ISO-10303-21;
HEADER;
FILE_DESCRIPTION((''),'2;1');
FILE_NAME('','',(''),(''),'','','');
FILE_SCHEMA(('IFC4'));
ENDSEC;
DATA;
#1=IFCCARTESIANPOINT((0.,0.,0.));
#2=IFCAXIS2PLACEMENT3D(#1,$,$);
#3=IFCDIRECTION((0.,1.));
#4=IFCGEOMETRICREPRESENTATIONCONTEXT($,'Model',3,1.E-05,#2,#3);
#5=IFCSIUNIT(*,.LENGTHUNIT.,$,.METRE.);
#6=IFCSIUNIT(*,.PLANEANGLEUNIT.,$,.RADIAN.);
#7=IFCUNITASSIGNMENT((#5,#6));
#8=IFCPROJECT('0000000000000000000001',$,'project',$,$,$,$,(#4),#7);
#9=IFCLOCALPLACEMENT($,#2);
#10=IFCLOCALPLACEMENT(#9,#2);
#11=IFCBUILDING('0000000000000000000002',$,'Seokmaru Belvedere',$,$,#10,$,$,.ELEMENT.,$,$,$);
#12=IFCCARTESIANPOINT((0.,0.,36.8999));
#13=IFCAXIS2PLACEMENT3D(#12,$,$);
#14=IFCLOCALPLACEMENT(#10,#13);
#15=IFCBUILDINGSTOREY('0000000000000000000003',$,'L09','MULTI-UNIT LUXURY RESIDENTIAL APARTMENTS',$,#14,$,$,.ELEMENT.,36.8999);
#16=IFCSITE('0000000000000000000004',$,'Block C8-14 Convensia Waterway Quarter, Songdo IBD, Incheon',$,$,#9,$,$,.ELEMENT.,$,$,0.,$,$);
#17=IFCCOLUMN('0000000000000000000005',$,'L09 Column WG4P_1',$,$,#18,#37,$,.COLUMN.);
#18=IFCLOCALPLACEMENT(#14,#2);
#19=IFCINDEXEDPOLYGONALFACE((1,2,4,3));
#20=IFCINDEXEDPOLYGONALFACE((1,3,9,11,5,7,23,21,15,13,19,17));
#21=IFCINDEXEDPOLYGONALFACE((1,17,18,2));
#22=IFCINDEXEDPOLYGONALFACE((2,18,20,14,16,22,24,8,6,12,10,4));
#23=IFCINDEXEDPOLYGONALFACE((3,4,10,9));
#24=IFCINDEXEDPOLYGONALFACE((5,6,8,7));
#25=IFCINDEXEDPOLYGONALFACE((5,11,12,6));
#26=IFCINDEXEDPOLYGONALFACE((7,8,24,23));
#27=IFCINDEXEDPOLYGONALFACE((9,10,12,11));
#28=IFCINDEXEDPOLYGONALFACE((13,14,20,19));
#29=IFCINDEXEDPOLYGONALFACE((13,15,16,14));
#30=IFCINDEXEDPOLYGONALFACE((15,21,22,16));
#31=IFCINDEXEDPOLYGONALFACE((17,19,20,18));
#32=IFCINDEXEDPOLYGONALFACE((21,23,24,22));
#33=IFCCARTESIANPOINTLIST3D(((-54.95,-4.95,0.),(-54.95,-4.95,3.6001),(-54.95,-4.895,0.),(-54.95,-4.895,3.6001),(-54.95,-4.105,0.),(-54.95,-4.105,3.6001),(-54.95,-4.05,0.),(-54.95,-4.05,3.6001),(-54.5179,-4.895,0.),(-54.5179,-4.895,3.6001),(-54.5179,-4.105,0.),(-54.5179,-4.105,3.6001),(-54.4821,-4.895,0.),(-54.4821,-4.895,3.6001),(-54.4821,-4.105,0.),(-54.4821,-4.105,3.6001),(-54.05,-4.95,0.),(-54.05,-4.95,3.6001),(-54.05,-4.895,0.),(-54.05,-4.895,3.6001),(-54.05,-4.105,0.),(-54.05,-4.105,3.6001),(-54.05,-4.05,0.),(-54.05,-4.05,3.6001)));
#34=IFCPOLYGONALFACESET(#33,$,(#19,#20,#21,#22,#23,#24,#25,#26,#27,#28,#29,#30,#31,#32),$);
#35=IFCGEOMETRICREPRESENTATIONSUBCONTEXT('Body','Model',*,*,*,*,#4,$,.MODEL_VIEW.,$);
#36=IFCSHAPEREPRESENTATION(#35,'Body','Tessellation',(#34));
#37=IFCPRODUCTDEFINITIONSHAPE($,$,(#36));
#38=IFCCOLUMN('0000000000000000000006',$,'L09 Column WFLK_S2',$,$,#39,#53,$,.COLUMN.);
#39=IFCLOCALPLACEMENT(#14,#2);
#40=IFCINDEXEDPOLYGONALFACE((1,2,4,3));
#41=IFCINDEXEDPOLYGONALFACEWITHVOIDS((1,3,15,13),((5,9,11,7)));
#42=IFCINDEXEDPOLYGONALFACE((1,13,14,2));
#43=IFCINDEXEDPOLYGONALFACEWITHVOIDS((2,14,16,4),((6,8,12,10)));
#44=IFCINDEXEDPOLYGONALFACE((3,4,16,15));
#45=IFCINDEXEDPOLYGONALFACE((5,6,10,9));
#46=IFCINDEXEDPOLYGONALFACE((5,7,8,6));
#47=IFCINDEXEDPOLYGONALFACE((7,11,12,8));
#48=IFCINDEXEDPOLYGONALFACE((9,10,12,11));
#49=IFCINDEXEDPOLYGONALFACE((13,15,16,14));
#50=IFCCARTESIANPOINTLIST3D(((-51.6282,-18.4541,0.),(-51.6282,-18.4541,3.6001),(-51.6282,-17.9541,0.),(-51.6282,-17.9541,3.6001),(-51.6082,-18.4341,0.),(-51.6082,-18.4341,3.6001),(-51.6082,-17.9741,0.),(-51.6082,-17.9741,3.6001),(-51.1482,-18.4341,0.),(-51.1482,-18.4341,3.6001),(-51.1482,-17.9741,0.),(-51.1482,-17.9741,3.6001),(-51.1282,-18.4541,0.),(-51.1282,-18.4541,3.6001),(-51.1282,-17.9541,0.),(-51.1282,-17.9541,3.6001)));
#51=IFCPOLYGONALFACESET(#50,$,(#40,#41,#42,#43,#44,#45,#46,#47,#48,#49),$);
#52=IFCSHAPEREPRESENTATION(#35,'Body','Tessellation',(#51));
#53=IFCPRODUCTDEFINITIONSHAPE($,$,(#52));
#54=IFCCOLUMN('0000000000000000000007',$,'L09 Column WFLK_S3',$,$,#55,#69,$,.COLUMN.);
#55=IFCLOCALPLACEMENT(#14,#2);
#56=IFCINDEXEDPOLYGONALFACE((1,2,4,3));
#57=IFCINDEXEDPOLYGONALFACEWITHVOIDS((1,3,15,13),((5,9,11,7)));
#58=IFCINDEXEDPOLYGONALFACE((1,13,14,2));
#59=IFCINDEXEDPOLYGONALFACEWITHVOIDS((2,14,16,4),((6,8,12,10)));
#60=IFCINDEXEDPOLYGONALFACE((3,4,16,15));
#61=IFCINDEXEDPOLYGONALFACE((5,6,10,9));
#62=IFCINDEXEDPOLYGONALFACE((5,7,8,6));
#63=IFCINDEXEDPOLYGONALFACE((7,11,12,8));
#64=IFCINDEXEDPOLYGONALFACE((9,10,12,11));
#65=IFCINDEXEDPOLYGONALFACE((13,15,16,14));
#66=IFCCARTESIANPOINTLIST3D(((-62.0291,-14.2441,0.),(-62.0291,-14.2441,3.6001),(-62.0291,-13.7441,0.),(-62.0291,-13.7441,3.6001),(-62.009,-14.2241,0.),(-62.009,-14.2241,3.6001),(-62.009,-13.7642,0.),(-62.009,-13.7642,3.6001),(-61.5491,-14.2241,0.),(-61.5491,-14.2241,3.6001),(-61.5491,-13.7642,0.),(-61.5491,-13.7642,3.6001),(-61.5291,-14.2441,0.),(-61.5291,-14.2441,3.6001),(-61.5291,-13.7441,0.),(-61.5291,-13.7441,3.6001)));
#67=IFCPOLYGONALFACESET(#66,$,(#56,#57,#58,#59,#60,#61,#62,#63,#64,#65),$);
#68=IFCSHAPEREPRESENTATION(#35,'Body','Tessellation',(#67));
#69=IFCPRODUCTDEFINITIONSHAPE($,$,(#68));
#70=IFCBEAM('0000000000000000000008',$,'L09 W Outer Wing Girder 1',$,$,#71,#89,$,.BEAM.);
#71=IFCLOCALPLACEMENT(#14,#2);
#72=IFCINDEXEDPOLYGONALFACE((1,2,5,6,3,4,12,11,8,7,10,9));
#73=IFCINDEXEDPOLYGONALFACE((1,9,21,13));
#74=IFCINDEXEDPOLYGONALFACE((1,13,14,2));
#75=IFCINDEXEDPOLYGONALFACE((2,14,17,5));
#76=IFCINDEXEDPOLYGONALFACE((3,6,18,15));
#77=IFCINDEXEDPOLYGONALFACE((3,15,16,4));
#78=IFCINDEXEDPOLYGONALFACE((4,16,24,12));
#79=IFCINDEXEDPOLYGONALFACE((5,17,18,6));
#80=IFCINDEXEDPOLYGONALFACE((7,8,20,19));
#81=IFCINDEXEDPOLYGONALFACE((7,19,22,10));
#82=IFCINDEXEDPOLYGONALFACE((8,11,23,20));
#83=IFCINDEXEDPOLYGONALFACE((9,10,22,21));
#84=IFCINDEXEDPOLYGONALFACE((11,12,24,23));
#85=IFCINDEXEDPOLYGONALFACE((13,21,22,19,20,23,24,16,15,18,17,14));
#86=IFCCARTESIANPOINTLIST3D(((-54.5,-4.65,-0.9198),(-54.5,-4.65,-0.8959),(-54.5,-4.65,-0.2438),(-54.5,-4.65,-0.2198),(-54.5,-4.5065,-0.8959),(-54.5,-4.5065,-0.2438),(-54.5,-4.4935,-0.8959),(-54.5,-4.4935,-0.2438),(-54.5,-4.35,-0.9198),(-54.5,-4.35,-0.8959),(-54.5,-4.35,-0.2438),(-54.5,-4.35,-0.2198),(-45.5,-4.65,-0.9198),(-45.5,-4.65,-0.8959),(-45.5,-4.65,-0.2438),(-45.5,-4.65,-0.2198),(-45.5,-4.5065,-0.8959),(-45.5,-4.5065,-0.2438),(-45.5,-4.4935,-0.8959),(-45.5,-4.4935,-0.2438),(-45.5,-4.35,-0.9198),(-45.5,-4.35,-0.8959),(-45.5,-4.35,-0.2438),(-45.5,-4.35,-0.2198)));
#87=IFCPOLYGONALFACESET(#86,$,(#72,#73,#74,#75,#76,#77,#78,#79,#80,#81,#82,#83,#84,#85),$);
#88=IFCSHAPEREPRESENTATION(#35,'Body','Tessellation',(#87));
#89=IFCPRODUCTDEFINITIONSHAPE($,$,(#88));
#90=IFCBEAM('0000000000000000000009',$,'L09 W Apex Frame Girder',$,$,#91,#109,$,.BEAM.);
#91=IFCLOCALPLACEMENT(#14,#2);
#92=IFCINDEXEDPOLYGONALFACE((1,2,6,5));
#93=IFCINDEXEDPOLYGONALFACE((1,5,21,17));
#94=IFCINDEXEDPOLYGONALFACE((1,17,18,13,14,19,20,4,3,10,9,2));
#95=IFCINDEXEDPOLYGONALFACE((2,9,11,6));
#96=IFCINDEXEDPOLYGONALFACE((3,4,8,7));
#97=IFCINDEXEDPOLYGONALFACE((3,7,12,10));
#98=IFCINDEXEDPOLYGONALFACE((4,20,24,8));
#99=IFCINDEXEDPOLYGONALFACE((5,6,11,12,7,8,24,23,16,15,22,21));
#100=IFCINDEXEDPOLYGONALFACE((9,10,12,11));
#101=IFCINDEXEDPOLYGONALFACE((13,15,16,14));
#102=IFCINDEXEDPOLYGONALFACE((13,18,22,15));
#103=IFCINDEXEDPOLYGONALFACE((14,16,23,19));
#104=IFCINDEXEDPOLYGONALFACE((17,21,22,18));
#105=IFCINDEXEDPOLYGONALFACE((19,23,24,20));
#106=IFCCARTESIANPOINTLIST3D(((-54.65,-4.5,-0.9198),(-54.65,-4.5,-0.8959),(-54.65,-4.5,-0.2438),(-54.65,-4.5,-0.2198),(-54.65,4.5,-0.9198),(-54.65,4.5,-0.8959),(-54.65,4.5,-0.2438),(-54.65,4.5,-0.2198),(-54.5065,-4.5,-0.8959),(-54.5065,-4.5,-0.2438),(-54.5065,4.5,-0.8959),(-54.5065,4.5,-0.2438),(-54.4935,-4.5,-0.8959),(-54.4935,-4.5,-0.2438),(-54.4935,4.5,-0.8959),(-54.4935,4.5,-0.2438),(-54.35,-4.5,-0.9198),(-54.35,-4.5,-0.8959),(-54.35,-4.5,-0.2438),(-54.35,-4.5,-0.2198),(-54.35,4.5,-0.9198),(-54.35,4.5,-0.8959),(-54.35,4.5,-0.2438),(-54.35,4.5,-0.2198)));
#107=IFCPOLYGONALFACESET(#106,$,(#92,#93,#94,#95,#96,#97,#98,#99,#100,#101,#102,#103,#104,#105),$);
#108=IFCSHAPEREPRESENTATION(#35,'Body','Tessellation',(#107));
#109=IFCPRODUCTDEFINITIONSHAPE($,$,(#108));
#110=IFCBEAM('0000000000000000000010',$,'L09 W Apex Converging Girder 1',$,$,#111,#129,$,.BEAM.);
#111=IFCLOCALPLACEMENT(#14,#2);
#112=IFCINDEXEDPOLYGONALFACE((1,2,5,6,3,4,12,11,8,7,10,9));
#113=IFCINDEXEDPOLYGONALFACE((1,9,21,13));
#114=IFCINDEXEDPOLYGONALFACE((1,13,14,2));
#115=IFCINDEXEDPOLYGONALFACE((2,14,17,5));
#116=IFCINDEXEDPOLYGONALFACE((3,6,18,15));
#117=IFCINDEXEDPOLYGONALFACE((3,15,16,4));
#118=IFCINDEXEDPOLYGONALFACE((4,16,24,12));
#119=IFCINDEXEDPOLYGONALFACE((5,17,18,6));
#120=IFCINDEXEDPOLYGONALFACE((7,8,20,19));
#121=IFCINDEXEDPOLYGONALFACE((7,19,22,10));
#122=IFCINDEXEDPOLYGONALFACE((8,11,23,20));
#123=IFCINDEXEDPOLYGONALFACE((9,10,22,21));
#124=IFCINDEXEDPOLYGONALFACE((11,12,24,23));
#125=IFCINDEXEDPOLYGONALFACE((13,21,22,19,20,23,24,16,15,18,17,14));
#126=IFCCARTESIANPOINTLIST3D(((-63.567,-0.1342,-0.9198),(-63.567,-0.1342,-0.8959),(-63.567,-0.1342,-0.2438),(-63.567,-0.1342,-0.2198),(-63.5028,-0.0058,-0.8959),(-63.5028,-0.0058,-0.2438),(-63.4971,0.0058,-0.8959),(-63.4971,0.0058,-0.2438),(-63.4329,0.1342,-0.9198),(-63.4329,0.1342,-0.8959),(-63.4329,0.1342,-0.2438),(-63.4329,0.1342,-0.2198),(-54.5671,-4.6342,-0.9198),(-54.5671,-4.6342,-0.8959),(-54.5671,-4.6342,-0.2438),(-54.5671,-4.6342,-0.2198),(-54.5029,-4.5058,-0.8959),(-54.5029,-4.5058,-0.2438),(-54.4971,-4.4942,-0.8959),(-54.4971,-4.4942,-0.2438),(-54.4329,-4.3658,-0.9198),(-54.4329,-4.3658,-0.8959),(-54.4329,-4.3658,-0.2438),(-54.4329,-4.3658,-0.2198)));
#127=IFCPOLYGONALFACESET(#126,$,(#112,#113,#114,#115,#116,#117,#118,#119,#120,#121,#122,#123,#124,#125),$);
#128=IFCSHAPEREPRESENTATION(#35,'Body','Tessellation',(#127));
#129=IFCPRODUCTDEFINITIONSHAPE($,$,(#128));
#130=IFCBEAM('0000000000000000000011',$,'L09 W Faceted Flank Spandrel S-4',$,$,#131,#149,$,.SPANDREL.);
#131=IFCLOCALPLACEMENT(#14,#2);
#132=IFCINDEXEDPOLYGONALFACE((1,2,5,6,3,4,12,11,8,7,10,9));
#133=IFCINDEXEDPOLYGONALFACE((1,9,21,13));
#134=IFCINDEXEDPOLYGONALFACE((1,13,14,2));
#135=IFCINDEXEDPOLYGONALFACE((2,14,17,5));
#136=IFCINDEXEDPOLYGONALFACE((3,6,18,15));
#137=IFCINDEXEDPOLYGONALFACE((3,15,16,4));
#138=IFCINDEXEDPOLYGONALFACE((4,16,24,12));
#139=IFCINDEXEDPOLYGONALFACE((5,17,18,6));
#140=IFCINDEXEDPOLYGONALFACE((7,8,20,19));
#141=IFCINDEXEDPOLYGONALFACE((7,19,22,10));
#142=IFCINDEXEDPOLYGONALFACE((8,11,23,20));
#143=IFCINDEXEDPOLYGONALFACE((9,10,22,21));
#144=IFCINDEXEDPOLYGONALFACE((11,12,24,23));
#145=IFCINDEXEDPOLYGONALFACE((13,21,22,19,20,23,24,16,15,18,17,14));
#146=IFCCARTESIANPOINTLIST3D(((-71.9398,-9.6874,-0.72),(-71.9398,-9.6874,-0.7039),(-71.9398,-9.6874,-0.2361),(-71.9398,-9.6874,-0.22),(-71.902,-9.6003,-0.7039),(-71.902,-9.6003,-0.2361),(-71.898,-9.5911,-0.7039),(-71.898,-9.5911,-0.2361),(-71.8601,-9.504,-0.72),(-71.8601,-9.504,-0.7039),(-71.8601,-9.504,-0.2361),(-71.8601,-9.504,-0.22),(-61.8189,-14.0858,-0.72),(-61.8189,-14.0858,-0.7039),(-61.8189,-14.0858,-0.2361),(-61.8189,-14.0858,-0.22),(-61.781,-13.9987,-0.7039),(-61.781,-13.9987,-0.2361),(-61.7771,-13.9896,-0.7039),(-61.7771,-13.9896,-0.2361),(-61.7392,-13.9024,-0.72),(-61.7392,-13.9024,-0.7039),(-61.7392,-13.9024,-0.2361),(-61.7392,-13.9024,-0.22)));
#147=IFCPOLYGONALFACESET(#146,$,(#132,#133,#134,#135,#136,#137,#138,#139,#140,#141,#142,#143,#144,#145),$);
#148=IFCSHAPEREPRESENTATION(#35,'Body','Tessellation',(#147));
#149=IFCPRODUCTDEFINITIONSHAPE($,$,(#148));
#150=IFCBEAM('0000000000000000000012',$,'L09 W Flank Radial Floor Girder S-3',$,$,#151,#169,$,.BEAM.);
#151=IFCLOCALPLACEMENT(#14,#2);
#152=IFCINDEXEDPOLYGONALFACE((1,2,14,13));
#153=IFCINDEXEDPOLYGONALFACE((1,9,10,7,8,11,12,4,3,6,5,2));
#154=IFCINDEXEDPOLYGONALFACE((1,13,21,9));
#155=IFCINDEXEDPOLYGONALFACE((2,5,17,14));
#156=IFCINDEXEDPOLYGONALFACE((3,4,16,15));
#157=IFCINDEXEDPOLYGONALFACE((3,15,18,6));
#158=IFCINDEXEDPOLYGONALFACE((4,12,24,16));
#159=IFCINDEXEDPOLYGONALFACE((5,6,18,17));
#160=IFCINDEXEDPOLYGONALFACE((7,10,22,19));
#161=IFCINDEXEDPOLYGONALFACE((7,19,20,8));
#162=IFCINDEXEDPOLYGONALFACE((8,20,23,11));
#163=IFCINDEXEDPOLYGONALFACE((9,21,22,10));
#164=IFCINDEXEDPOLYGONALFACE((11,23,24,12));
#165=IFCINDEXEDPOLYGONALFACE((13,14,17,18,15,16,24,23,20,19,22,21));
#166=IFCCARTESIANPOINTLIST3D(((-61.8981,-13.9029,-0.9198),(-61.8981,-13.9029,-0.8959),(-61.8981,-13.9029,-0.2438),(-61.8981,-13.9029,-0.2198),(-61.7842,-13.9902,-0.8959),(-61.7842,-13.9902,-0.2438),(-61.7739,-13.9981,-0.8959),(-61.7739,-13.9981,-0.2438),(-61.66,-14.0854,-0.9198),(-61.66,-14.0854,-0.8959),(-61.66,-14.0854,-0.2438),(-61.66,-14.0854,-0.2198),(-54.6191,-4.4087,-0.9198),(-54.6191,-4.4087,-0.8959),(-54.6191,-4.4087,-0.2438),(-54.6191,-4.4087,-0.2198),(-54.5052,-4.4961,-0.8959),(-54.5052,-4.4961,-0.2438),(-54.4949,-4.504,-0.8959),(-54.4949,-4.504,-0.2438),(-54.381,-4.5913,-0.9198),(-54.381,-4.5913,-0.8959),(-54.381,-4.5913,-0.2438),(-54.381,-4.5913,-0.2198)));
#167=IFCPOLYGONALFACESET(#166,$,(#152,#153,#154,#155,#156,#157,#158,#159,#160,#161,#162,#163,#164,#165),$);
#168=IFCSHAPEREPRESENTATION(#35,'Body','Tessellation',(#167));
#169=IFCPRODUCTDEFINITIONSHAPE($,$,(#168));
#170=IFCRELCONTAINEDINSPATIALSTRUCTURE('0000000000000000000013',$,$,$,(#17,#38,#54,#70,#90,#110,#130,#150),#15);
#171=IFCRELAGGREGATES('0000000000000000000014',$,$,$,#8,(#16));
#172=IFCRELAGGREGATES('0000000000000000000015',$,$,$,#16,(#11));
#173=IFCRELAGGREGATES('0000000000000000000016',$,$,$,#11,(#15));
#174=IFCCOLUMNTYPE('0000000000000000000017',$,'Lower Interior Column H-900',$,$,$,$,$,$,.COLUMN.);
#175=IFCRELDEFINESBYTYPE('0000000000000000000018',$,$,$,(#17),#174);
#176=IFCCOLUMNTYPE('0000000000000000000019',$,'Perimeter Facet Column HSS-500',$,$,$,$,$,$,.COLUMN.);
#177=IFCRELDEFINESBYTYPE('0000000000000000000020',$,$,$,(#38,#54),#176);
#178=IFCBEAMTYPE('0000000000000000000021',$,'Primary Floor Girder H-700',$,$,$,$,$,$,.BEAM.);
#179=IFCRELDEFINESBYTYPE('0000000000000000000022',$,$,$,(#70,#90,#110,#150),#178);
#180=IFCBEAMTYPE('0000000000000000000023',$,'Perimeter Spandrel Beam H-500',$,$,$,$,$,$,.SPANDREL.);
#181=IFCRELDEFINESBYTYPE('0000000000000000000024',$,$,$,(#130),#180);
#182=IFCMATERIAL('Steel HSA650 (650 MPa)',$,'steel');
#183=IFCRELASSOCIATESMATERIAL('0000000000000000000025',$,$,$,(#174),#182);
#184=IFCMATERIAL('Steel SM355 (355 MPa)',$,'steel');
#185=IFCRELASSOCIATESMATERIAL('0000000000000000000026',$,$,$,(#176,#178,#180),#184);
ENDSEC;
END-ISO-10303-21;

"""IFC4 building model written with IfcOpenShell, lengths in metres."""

from ifc_helpers import new_model, si_unit, direction, frame, origin, origin_2d, place, context, subcontext, project, spatial, hollow_rectangle, i_section, extrude, source, transform, mapped, material, material_profile, profile_set, type_object, type_shapes, element, save


model = new_model("IFC4")

# Units and contexts
model_context = context("Model", 3, precision=1e-05, world=origin(), true_north=direction((0.0, 1.0)))
body_context = subcontext(model_context, "Body", "Model", "MODEL_VIEW")
ifc_project = project(units=[si_unit("LENGTHUNIT", "METRE"), si_unit("PLANEANGLEUNIT", "RADIAN")], contexts=[model_context])

# Site, building, storey
site_placement = place(None, origin())
site = spatial("IfcSite", under=ifc_project, at=site_placement, Name="Block C8-14 Convensia Waterway Quarter, Songdo IBD, Incheon", CompositionType="ELEMENT", RefElevation=0.0)
building_placement = place(site_placement, origin())
building = spatial("IfcBuilding", under=site, at=building_placement, Name="Seokmaru Belvedere", CompositionType="ELEMENT")
storey_placement = place(building_placement, frame((0.0, 0.0, 36.8999)))
storey = spatial("IfcBuildingStorey", under=building, at=storey_placement, Name="L09", Description="MULTI-UNIT LUXURY RESIDENTIAL APARTMENTS", CompositionType="ELEMENT", Elevation=36.8999)

# Columns
ifc_material_1 = material(Name="Steel HSA650 (650 MPa)", Category="steel")
ifc_material_profile_1 = material_profile(ifc_material_1, i_section(OverallWidth=0.8999, OverallDepth=0.8999, WebThickness=0.0359, FlangeThickness=0.0549, at=origin_2d()), Name="H-900x900x36x55")
ifc_profile_set_1 = profile_set([ifc_material_profile_1], Name="Steel HSA650 (650 MPa)")
column_type_1 = type_object("IfcColumnType", Name="Lower Interior Column H-900", PredefinedType="COLUMN", material=ifc_profile_set_1)
shared_shape_1 = source(origin(), body_context, "Body", "SweptSolid", [
    extrude(i_section(OverallWidth=0.8999, OverallDepth=0.8999, WebThickness=0.0359, FlangeThickness=0.0549, at=origin_2d()), origin(), (0.0, 0.0, 1.0), 3.6001),
])
type_shapes(column_type_1, [shared_shape_1])
column_placement = place(storey_placement, frame((-54.5, -4.5, 0.0), z_axis=(0.0, 0.0, 1.0), x_axis=(1.0, 0.0, 0.0)))
element("IfcColumn", 1, at=column_placement, inside=storey, type_object=column_type_1, Name="L09 Column WG4P_1", PredefinedType="COLUMN", context=body_context, shape_type="MappedRepresentation", body=[
    mapped(shared_shape_1, transform((0.0, 0.0, 0.0), scale=1.0)),
])
ifc_material_2 = material(Name="Steel SM355 (355 MPa)", Category="steel")
ifc_material_profile_2 = material_profile(ifc_material_2, hollow_rectangle(XDim=0.5, YDim=0.5, WallThickness=0.02, at=origin_2d()), Name="HSS-500x500x20")
ifc_profile_set_2 = profile_set([ifc_material_profile_2], Name="Steel SM355 (355 MPa)")
column_type_2 = type_object("IfcColumnType", Name="Perimeter Facet Column HSS-500", PredefinedType="COLUMN", material=ifc_profile_set_2)
shared_shape_2 = source(origin(), body_context, "Body", "SweptSolid", [
    extrude(hollow_rectangle(XDim=0.5, YDim=0.5, WallThickness=0.02, at=origin_2d()), origin(), (0.0, 0.0, 1.0), 3.6001),
])
type_shapes(column_type_2, [shared_shape_2])
for number, where, z_axis, x_axis, name in (
    (2, (-51.3782, -18.2041, 0.0), (0.0, 0.0, 1.0), (1.0, 0.0, 0.0), "L09 Column WFLK_S2"),
    (3, (-61.7791, -13.9941, 0.0), (0.0, 0.0, 1.0), (1.0, 0.0, 0.0), "L09 Column WFLK_S3"),
):
    element("IfcColumn", number, at=place(storey_placement, frame(where, z_axis=z_axis, x_axis=x_axis)), inside=storey, type_object=column_type_2, Name=name, PredefinedType="COLUMN", context=body_context, shape_type="MappedRepresentation", body=[
        mapped(shared_shape_2, transform((0.0, 0.0, 0.0), scale=1.0)),
    ])

# Beams
ifc_material_profile_3 = material_profile(ifc_material_2, i_section(OverallWidth=0.3, OverallDepth=0.7, WebThickness=0.0129, FlangeThickness=0.0239, at=origin_2d()), Name="H-700x300x13x24")
ifc_profile_set_3 = profile_set([ifc_material_profile_3], Name="Steel SM355 (355 MPa)")
beam_type_1 = type_object("IfcBeamType", Name="Primary Floor Girder H-700", PredefinedType="BEAM", material=ifc_profile_set_3)
shared_shape_3 = source(origin(), body_context, "Body", "SweptSolid", [
    extrude(i_section(OverallWidth=0.3, OverallDepth=0.7, WebThickness=0.0129, FlangeThickness=0.0239, at=origin_2d()), origin(), (0.0, 0.0, 1.0), 9.0),
])
for number, where, z_axis, x_axis, name in (
    (4, (-54.5, -4.5, -0.5698), (1.0, 0.0, 0.0), (0.0, 1.0, 0.0), "L09 W Outer Wing Girder 1"),
    (5, (-54.5, -4.5, -0.5698), (0.0, 1.0, 0.0), (-1.0, 0.0, 0.0), "L09 W Apex Frame Girder"),
):
    element("IfcBeam", number, at=place(storey_placement, frame(where, z_axis=z_axis, x_axis=x_axis)), inside=storey, type_object=beam_type_1, Name=name, PredefinedType="BEAM", context=body_context, shape_type="MappedRepresentation", body=[
        mapped(shared_shape_3, transform((0.0, 0.0, 0.0), scale=1.0)),
    ])
shared_shape_4 = source(origin(), body_context, "Body", "SweptSolid", [
    extrude(i_section(OverallWidth=0.3, OverallDepth=0.7, WebThickness=0.0129, FlangeThickness=0.0239, at=origin_2d()), origin(), (0.0, 0.0, 1.0), 10.0623),
])
beam_1_placement = place(storey_placement, frame((-54.5, -4.5, -0.5698), z_axis=(-0.894427, 0.447214, 0.0), x_axis=(-0.447214, -0.894427, 0.0)))
element("IfcBeam", 6, at=beam_1_placement, inside=storey, type_object=beam_type_1, Name="L09 W Apex Converging Girder 1", PredefinedType="BEAM", context=body_context, shape_type="MappedRepresentation", body=[
    mapped(shared_shape_4, transform((0.0, 0.0, 0.0), scale=1.0)),
])
ifc_material_profile_4 = material_profile(ifc_material_2, i_section(OverallWidth=0.2, OverallDepth=0.5, WebThickness=0.01, FlangeThickness=0.0161, at=origin_2d()), Name="H-500x200x10x16")
ifc_profile_set_4 = profile_set([ifc_material_profile_4], Name="Steel SM355 (355 MPa)")
beam_type_2 = type_object("IfcBeamType", Name="Perimeter Spandrel Beam H-500", PredefinedType="SPANDREL", material=ifc_profile_set_4)
shared_shape_5 = source(origin(), body_context, "Body", "SweptSolid", [
    extrude(i_section(OverallWidth=0.2, OverallDepth=0.5, WebThickness=0.01, FlangeThickness=0.0161, at=origin_2d()), origin(), (0.0, 0.0, 1.0), 11.0354),
])
type_shapes(beam_type_2, [shared_shape_5])
beam_2_placement = place(storey_placement, frame((-61.7791, -13.9941, -0.47), z_axis=(-0.917134, 0.398579, 0.0), x_axis=(-0.398579, -0.917134, 0.0)))
element("IfcBeam", 7, at=beam_2_placement, inside=storey, type_object=beam_type_2, Name="L09 W Faceted Flank Spandrel S-4", PredefinedType="SPANDREL", context=body_context, shape_type="MappedRepresentation", body=[
    mapped(shared_shape_5, transform((0.0, 0.0, 0.0), scale=1.0)),
])
shared_shape_6 = source(origin(), body_context, "Body", "SweptSolid", [
    extrude(i_section(OverallWidth=0.3, OverallDepth=0.7, WebThickness=0.0129, FlangeThickness=0.0239, at=origin_2d()), origin(), (0.0, 0.0, 1.0), 11.9634),
])
type_shapes(beam_type_1, [shared_shape_3, shared_shape_4, shared_shape_6])
beam_3_placement = place(storey_placement, frame((-61.7791, -13.9941, -0.5698), z_axis=(0.608443, 0.793598, 0.0), x_axis=(-0.793598, 0.608443, 0.0)))
element("IfcBeam", 8, at=beam_3_placement, inside=storey, type_object=beam_type_1, Name="L09 W Flank Radial Floor Girder S-3", PredefinedType="BEAM", context=body_context, shape_type="MappedRepresentation", body=[
    mapped(shared_shape_6, transform((0.0, 0.0, 0.0), scale=1.0)),
])

save(model, "model.ifc")
